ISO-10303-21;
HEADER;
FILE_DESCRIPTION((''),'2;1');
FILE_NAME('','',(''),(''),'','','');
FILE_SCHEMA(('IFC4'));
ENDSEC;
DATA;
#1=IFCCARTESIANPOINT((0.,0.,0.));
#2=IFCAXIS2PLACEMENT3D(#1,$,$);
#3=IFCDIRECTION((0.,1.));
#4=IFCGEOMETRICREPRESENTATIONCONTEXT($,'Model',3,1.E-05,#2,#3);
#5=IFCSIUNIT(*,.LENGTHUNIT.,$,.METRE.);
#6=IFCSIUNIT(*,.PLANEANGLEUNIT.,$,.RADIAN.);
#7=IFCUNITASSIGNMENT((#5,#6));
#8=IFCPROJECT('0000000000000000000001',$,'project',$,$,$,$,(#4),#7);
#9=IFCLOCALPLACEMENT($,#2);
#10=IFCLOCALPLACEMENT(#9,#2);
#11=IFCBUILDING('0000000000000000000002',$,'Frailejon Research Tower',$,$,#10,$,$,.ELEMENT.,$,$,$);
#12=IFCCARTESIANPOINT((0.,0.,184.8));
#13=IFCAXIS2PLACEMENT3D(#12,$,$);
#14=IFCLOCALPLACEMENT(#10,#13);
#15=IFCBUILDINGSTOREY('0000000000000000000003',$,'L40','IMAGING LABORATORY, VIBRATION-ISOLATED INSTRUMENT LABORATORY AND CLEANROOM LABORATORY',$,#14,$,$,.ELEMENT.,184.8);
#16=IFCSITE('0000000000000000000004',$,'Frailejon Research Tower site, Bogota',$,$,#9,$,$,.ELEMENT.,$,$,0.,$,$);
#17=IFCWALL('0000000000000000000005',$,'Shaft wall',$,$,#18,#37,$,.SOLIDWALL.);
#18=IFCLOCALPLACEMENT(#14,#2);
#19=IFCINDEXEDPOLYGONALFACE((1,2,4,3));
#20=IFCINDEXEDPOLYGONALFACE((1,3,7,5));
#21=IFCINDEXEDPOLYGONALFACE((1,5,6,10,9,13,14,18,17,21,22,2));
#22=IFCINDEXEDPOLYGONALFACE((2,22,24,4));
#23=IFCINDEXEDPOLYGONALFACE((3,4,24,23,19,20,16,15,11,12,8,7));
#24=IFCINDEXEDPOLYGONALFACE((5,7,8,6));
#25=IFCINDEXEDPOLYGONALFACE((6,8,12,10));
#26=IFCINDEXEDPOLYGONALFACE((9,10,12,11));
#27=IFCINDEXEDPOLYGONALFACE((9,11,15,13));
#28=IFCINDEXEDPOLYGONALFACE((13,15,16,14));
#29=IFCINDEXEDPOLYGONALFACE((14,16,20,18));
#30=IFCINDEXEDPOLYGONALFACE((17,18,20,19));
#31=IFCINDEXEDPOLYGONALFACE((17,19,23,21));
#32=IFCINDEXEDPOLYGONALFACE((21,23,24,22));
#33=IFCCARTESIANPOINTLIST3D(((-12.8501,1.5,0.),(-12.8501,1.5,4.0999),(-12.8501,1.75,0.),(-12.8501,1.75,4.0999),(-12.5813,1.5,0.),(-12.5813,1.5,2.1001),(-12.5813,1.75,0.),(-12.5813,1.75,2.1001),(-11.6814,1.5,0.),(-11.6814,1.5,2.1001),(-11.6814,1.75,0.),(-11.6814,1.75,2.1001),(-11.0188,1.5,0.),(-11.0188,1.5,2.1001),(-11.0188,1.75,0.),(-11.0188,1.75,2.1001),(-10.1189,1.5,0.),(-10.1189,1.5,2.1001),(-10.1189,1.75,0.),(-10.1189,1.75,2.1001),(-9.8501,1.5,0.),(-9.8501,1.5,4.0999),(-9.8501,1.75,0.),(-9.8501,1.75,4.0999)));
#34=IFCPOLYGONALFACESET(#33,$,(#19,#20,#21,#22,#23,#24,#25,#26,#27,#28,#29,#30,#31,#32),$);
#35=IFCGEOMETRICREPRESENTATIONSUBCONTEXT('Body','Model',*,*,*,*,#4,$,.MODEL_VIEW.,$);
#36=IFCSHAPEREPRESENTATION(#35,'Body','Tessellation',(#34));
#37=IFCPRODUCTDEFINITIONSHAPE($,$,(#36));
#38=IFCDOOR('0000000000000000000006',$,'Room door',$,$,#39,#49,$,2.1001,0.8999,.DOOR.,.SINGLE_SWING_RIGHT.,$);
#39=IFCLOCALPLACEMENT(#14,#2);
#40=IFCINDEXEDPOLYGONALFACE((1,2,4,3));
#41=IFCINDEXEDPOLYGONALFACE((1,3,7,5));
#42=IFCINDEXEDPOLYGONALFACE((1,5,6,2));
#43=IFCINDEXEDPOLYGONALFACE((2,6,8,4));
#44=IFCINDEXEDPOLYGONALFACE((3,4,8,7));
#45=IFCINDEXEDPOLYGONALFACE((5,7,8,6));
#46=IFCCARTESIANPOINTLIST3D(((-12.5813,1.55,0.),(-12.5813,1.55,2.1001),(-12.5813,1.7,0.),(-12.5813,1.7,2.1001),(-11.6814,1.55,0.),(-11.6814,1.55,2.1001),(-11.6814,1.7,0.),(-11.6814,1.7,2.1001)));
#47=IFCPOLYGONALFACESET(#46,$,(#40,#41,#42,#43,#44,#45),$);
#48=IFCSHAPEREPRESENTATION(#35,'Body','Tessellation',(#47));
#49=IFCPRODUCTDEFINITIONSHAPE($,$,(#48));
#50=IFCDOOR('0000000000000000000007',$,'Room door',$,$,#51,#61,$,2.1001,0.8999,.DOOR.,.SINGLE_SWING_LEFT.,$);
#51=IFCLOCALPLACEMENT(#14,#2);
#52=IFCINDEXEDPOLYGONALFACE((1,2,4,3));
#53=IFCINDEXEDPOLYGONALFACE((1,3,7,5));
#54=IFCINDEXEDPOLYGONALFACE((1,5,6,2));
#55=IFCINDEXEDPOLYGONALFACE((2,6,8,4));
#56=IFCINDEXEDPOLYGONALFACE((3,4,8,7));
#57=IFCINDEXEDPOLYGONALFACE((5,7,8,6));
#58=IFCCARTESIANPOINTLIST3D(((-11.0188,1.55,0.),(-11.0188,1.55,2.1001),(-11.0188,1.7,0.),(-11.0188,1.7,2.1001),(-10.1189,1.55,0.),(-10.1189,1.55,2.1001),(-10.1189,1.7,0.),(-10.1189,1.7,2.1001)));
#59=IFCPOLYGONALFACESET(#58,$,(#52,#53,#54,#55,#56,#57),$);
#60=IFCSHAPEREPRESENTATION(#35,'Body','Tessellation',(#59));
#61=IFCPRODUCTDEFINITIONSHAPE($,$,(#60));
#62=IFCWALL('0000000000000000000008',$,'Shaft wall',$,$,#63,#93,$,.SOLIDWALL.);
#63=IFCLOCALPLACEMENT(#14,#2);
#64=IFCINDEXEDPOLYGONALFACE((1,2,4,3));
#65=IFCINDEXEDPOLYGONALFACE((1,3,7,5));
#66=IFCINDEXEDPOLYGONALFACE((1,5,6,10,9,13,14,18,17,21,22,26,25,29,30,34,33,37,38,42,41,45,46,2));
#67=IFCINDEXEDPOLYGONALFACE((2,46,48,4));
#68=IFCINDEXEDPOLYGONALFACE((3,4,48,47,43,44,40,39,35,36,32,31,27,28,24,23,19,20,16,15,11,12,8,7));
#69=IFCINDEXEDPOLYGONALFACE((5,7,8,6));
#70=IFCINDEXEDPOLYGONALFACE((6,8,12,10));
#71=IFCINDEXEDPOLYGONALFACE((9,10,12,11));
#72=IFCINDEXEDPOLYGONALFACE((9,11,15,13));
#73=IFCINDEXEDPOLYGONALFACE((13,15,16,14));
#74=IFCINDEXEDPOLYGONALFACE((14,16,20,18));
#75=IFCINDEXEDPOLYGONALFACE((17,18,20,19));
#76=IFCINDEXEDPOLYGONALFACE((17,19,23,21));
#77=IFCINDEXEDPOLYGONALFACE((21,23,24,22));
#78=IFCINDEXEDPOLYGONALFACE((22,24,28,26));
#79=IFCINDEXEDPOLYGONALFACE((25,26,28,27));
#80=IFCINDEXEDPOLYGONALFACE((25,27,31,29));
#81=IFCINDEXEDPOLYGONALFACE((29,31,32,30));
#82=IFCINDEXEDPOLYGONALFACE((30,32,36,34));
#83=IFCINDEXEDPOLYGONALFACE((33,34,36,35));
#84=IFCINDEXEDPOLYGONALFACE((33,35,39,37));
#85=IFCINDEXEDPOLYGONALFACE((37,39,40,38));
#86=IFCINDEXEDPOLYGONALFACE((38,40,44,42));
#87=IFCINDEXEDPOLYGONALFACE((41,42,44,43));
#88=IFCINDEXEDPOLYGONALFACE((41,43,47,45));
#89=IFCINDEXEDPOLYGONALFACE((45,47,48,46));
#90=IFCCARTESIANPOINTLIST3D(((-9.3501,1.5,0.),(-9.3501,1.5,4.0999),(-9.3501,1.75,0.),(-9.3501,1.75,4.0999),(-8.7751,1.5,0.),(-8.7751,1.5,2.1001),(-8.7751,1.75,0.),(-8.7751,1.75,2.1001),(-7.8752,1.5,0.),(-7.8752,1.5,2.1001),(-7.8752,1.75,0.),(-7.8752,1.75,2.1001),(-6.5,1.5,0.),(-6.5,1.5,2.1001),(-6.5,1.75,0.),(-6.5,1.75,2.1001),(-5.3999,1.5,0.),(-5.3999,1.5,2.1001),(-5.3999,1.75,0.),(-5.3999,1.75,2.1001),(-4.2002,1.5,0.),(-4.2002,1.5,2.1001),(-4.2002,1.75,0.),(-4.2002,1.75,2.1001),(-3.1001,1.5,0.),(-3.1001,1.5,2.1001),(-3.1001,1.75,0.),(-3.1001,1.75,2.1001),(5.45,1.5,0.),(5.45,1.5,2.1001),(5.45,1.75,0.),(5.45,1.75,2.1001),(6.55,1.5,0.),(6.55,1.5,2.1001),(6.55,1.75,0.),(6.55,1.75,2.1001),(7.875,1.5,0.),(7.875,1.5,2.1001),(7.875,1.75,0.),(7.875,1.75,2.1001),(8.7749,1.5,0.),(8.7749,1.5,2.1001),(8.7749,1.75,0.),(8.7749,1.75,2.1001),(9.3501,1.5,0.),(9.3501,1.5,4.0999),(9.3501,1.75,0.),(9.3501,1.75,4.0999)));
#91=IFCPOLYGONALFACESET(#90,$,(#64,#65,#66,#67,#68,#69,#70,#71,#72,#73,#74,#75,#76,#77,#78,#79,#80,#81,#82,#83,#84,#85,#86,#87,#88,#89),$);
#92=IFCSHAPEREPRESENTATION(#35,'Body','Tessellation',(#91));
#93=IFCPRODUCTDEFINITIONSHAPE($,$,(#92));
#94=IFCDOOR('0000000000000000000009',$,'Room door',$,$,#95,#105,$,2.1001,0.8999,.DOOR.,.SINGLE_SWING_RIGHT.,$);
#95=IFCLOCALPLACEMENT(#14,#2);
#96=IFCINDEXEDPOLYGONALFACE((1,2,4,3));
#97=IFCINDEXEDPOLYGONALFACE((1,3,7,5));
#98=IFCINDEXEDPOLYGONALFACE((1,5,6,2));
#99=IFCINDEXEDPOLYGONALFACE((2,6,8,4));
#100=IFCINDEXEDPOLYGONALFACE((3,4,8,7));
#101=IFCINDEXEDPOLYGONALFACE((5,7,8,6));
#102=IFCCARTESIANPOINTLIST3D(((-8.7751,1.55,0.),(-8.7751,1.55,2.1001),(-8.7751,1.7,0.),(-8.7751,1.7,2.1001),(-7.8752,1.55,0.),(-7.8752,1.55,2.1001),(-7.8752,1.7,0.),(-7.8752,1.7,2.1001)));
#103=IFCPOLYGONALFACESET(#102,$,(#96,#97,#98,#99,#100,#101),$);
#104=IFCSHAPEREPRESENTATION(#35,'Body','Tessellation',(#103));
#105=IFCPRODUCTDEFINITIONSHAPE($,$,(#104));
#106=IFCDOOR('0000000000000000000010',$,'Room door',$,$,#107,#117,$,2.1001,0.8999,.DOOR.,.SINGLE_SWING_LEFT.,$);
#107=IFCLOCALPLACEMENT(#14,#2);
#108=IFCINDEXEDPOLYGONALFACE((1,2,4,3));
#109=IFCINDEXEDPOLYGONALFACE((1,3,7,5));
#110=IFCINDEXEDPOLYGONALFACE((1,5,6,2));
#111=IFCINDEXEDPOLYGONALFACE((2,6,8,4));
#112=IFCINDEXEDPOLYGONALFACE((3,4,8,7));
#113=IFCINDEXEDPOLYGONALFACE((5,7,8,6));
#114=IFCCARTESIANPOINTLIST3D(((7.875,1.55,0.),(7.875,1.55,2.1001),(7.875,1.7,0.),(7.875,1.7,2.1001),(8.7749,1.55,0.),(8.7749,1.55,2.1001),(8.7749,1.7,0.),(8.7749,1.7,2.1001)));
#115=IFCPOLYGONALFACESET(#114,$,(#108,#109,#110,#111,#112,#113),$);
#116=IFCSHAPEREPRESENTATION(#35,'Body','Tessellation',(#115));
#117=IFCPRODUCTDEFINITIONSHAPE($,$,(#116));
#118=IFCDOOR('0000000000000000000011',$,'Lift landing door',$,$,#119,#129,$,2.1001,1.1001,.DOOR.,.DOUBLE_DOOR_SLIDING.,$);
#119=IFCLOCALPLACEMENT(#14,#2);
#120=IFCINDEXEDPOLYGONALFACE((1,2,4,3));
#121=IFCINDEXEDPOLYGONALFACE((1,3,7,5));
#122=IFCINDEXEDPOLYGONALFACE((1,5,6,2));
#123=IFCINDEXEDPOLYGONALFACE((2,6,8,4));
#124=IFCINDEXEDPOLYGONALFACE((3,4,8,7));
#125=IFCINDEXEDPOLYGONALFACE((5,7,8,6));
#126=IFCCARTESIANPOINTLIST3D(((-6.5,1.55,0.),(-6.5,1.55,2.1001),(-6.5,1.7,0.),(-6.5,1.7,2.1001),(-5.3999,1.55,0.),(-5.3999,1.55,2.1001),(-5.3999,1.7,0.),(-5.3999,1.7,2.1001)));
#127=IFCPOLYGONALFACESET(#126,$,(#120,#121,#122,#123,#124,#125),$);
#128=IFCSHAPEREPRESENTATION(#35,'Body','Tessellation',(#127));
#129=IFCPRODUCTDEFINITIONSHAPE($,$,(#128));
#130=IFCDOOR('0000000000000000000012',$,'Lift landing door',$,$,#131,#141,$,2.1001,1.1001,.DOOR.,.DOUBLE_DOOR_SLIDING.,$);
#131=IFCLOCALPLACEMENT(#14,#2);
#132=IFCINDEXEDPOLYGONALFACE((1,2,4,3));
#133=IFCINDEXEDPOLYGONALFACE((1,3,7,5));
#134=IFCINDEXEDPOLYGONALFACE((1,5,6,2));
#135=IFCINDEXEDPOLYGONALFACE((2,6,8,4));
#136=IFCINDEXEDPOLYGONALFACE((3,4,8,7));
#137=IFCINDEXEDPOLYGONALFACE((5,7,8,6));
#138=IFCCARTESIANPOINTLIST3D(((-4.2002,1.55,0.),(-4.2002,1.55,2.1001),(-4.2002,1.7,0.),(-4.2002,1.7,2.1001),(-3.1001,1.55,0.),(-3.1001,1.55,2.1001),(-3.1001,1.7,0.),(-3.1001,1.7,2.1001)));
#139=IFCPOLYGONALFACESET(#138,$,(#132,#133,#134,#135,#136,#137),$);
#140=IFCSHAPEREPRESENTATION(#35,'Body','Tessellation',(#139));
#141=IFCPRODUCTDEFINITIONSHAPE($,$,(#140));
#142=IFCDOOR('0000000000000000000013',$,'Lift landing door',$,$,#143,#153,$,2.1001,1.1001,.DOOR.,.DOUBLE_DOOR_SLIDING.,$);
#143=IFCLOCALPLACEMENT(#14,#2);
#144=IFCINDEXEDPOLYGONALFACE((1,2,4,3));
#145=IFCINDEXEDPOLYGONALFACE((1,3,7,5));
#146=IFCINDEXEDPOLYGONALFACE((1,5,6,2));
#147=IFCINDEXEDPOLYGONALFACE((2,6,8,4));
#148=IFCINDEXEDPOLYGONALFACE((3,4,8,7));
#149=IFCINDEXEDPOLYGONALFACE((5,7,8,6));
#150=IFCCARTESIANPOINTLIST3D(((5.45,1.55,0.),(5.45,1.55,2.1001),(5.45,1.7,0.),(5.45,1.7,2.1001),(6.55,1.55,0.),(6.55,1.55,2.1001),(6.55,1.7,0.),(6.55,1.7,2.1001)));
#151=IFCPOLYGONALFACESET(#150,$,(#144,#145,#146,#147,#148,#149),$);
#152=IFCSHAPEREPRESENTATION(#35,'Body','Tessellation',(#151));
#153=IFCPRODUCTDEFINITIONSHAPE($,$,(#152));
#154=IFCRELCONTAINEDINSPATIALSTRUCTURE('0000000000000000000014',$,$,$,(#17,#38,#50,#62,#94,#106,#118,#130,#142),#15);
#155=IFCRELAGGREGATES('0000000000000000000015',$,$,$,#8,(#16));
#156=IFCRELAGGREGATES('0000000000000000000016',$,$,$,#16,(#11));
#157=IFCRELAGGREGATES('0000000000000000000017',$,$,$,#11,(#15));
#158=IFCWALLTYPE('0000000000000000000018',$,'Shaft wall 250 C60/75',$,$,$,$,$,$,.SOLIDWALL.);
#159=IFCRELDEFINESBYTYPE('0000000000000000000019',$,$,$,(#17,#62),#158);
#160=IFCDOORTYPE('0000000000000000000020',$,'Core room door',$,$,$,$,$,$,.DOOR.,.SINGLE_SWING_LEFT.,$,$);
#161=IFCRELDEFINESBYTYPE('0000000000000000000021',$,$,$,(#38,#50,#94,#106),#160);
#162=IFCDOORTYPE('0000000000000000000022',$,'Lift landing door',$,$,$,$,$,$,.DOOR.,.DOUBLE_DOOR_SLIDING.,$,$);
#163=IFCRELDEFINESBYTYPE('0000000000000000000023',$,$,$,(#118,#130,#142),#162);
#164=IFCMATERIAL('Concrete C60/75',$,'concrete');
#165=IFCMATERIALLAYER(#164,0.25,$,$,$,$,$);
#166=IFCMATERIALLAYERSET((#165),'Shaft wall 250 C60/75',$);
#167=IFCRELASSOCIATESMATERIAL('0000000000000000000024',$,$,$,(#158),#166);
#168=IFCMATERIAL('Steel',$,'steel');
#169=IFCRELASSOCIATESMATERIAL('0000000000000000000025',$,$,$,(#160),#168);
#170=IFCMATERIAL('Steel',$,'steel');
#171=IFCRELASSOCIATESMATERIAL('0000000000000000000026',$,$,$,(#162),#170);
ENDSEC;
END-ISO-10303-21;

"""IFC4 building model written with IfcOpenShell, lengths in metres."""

from ifc_helpers import new_model, si_unit, direction, frame, frame_2d, origin, place, context, subcontext, project, spatial, rectangle, extrude, material, layer, layer_set, type_object, element, fill, save


model = new_model("IFC4")

# Units and contexts
model_context = context("Model", 3, precision=1e-05, world=origin(), true_north=direction((0.0, 1.0)))
body_context = subcontext(model_context, "Body", "Model", "MODEL_VIEW")
ifc_project = project(units=[si_unit("LENGTHUNIT", "METRE"), si_unit("PLANEANGLEUNIT", "RADIAN")], contexts=[model_context])

# Site, building, storey
site_placement = place(None, origin())
site = spatial("IfcSite", under=ifc_project, at=site_placement, Name="Frailejon Research Tower site, Bogota", CompositionType="ELEMENT", RefElevation=0.0)
building_placement = place(site_placement, origin())
building = spatial("IfcBuilding", under=site, at=building_placement, Name="Frailejon Research Tower", CompositionType="ELEMENT")
storey_placement = place(building_placement, frame((0.0, 0.0, 184.8)))
storey = spatial("IfcBuildingStorey", under=building, at=storey_placement, Name="L40", Description="IMAGING LABORATORY, VIBRATION-ISOLATED INSTRUMENT LABORATORY AND CLEANROOM LABORATORY", CompositionType="ELEMENT", Elevation=184.8)

# Walls, openings, doors
ifc_material_1 = material(Name="Concrete C60/75", Category="concrete")
ifc_layer = layer(ifc_material_1, 0.25)
ifc_layer_set = layer_set([ifc_layer], Name="Shaft wall 250 C60/75")
wall_type = type_object("IfcWallType", Name="Shaft wall 250 C60/75", PredefinedType="SOLIDWALL", material=ifc_layer_set)
wall_1_placement = place(storey_placement, frame((-12.8501, 1.625, 0.0), z_axis=(0.0, 0.0, 1.0), x_axis=(1.0, 0.0, 0.0)))
wall_1 = element("IfcWall", 1, at=wall_1_placement, inside=storey, type_object=wall_type, Name="Shaft wall", PredefinedType="SOLIDWALL", context=body_context, shape_type="SweptSolid", body=[
    extrude(rectangle(XDim=3.0, YDim=0.25, at=frame_2d((1.5, 0.0))), origin(), (0.0, 0.0, 1.0), 4.0999),
])
opening_1_placement = place(wall_1_placement, frame((0.2688, 0.0, 0.0)))
opening_1 = element("IfcOpeningElement", 2, at=opening_1_placement, cuts=wall_1, PredefinedType="OPENING", context=body_context, shape_type="SweptSolid", body=[
    extrude(rectangle(XDim=0.8999, YDim=2.1001, at=frame_2d((0.45, 1.05))), frame((0.0, 0.135, 0.0), z_axis=(0.0, -1.0, 0.0), x_axis=(1.0, 0.0, 0.0)), (0.0, 0.0, 1.0), 0.27),
])
opening_2_placement = place(wall_1_placement, frame((1.8313, 0.0, 0.0)))
opening_2 = element("IfcOpeningElement", 3, at=opening_2_placement, cuts=wall_1, PredefinedType="OPENING", context=body_context, shape_type="SweptSolid", body=[
    extrude(rectangle(XDim=0.8999, YDim=2.1001, at=frame_2d((0.45, 1.05))), frame((0.0, 0.135, 0.0), z_axis=(0.0, -1.0, 0.0), x_axis=(1.0, 0.0, 0.0)), (0.0, 0.0, 1.0), 0.27),
])
ifc_material_2 = material(Name="Steel", Category="steel")
door_type_1 = type_object("IfcDoorType", Name="Core room door", OperationType="SINGLE_SWING_LEFT", PredefinedType="DOOR", material=ifc_material_2)
door_1_placement = place(opening_1_placement, origin())
door_1 = element("IfcDoor", 4, at=door_1_placement, inside=storey, type_object=door_type_1, Name="Room door", OperationType="SINGLE_SWING_RIGHT", OverallHeight=2.1001, OverallWidth=0.8999, PredefinedType="DOOR", context=body_context, shape_type="SweptSolid", body=[
    extrude(rectangle(XDim=0.8999, YDim=2.1001, at=frame_2d((0.45, 1.05))), frame((0.0, 0.075, 0.0), z_axis=(0.0, -1.0, 0.0), x_axis=(1.0, 0.0, 0.0)), (0.0, 0.0, 1.0), 0.1499),
])
fill(opening_1, door_1)
door_2_placement = place(opening_2_placement, origin())
door_2 = element("IfcDoor", 5, at=door_2_placement, inside=storey, type_object=door_type_1, Name="Room door", OperationType="SINGLE_SWING_LEFT", OverallHeight=2.1001, OverallWidth=0.8999, PredefinedType="DOOR", context=body_context, shape_type="SweptSolid", body=[
    extrude(rectangle(XDim=0.8999, YDim=2.1001, at=frame_2d((0.45, 1.05))), frame((0.0, 0.075, 0.0), z_axis=(0.0, -1.0, 0.0), x_axis=(1.0, 0.0, 0.0)), (0.0, 0.0, 1.0), 0.1499),
])
fill(opening_2, door_2)
wall_2_placement = place(storey_placement, frame((-9.3501, 1.625, 0.0), z_axis=(0.0, 0.0, 1.0), x_axis=(1.0, 0.0, 0.0)))
wall_2 = element("IfcWall", 6, at=wall_2_placement, inside=storey, type_object=wall_type, Name="Shaft wall", PredefinedType="SOLIDWALL", context=body_context, shape_type="SweptSolid", body=[
    extrude(rectangle(XDim=18.7002, YDim=0.25, at=frame_2d((9.3501, 0.0))), origin(), (0.0, 0.0, 1.0), 4.0999),
])
opening_3_placement = place(wall_2_placement, frame((2.8501, 0.0, 0.0)))
opening_3 = element("IfcOpeningElement", 7, at=opening_3_placement, cuts=wall_2, PredefinedType="OPENING", context=body_context, shape_type="SweptSolid", body=[
    extrude(rectangle(XDim=1.1001, YDim=2.1001, at=frame_2d((0.55, 1.05))), frame((0.0, 0.135, 0.0), z_axis=(0.0, -1.0, 0.0), x_axis=(1.0, 0.0, 0.0)), (0.0, 0.0, 1.0), 0.27),
])
opening_4_placement = place(wall_2_placement, frame((5.1499, 0.0, 0.0)))
opening_4 = element("IfcOpeningElement", 8, at=opening_4_placement, cuts=wall_2, PredefinedType="OPENING", context=body_context, shape_type="SweptSolid", body=[
    extrude(rectangle(XDim=1.1001, YDim=2.1001, at=frame_2d((0.55, 1.05))), frame((0.0, 0.135, 0.0), z_axis=(0.0, -1.0, 0.0), x_axis=(1.0, 0.0, 0.0)), (0.0, 0.0, 1.0), 0.27),
])
opening_5_placement = place(wall_2_placement, frame((14.8, 0.0, 0.0)))
opening_5 = element("IfcOpeningElement", 9, at=opening_5_placement, cuts=wall_2, PredefinedType="OPENING", context=body_context, shape_type="SweptSolid", body=[
    extrude(rectangle(XDim=1.1001, YDim=2.1001, at=frame_2d((0.55, 1.05))), frame((0.0, 0.135, 0.0), z_axis=(0.0, -1.0, 0.0), x_axis=(1.0, 0.0, 0.0)), (0.0, 0.0, 1.0), 0.27),
])
opening_6_placement = place(wall_2_placement, frame((0.575, 0.0, 0.0)))
opening_6 = element("IfcOpeningElement", 10, at=opening_6_placement, cuts=wall_2, PredefinedType="OPENING", context=body_context, shape_type="SweptSolid", body=[
    extrude(rectangle(XDim=0.8999, YDim=2.1001, at=frame_2d((0.45, 1.05))), frame((0.0, 0.135, 0.0), z_axis=(0.0, -1.0, 0.0), x_axis=(1.0, 0.0, 0.0)), (0.0, 0.0, 1.0), 0.27),
])
opening_7_placement = place(wall_2_placement, frame((17.2251, 0.0, 0.0)))
opening_7 = element("IfcOpeningElement", 11, at=opening_7_placement, cuts=wall_2, PredefinedType="OPENING", context=body_context, shape_type="SweptSolid", body=[
    extrude(rectangle(XDim=0.8999, YDim=2.1001, at=frame_2d((0.45, 1.05))), frame((0.0, 0.135, 0.0), z_axis=(0.0, -1.0, 0.0), x_axis=(1.0, 0.0, 0.0)), (0.0, 0.0, 1.0), 0.27),
])
door_3_placement = place(opening_6_placement, origin())
door_3 = element("IfcDoor", 12, at=door_3_placement, inside=storey, type_object=door_type_1, Name="Room door", OperationType="SINGLE_SWING_RIGHT", OverallHeight=2.1001, OverallWidth=0.8999, PredefinedType="DOOR", context=body_context, shape_type="SweptSolid", body=[
    extrude(rectangle(XDim=0.8999, YDim=2.1001, at=frame_2d((0.45, 1.05))), frame((0.0, 0.075, 0.0), z_axis=(0.0, -1.0, 0.0), x_axis=(1.0, 0.0, 0.0)), (0.0, 0.0, 1.0), 0.1499),
])
fill(opening_6, door_3)
door_4_placement = place(opening_7_placement, origin())
door_4 = element("IfcDoor", 13, at=door_4_placement, inside=storey, type_object=door_type_1, Name="Room door", OperationType="SINGLE_SWING_LEFT", OverallHeight=2.1001, OverallWidth=0.8999, PredefinedType="DOOR", context=body_context, shape_type="SweptSolid", body=[
    extrude(rectangle(XDim=0.8999, YDim=2.1001, at=frame_2d((0.45, 1.05))), frame((0.0, 0.075, 0.0), z_axis=(0.0, -1.0, 0.0), x_axis=(1.0, 0.0, 0.0)), (0.0, 0.0, 1.0), 0.1499),
])
fill(opening_7, door_4)
ifc_material_3 = material(Name="Steel", Category="steel")
door_type_2 = type_object("IfcDoorType", Name="Lift landing door", OperationType="DOUBLE_DOOR_SLIDING", PredefinedType="DOOR", material=ifc_material_3)
door_5_placement = place(opening_3_placement, origin())
door_5 = element("IfcDoor", 14, at=door_5_placement, inside=storey, type_object=door_type_2, Name="Lift landing door", OperationType="DOUBLE_DOOR_SLIDING", OverallHeight=2.1001, OverallWidth=1.1001, PredefinedType="DOOR", context=body_context, shape_type="SweptSolid", body=[
    extrude(rectangle(XDim=1.1001, YDim=2.1001, at=frame_2d((0.55, 1.05))), frame((0.0, 0.075, 0.0), z_axis=(0.0, -1.0, 0.0), x_axis=(1.0, 0.0, 0.0)), (0.0, 0.0, 1.0), 0.1499),
])
fill(opening_3, door_5)
door_6_placement = place(opening_4_placement, origin())
door_6 = element("IfcDoor", 15, at=door_6_placement, inside=storey, type_object=door_type_2, Name="Lift landing door", OperationType="DOUBLE_DOOR_SLIDING", OverallHeight=2.1001, OverallWidth=1.1001, PredefinedType="DOOR", context=body_context, shape_type="SweptSolid", body=[
    extrude(rectangle(XDim=1.1001, YDim=2.1001, at=frame_2d((0.55, 1.05))), frame((0.0, 0.075, 0.0), z_axis=(0.0, -1.0, 0.0), x_axis=(1.0, 0.0, 0.0)), (0.0, 0.0, 1.0), 0.1499),
])
fill(opening_4, door_6)
door_7_placement = place(opening_5_placement, origin())
door_7 = element("IfcDoor", 16, at=door_7_placement, inside=storey, type_object=door_type_2, Name="Lift landing door", OperationType="DOUBLE_DOOR_SLIDING", OverallHeight=2.1001, OverallWidth=1.1001, PredefinedType="DOOR", context=body_context, shape_type="SweptSolid", body=[
    extrude(rectangle(XDim=1.1001, YDim=2.1001, at=frame_2d((0.55, 1.05))), frame((0.0, 0.075, 0.0), z_axis=(0.0, -1.0, 0.0), x_axis=(1.0, 0.0, 0.0)), (0.0, 0.0, 1.0), 0.1499),
])
fill(opening_5, door_7)

save(model, "model.ifc")
